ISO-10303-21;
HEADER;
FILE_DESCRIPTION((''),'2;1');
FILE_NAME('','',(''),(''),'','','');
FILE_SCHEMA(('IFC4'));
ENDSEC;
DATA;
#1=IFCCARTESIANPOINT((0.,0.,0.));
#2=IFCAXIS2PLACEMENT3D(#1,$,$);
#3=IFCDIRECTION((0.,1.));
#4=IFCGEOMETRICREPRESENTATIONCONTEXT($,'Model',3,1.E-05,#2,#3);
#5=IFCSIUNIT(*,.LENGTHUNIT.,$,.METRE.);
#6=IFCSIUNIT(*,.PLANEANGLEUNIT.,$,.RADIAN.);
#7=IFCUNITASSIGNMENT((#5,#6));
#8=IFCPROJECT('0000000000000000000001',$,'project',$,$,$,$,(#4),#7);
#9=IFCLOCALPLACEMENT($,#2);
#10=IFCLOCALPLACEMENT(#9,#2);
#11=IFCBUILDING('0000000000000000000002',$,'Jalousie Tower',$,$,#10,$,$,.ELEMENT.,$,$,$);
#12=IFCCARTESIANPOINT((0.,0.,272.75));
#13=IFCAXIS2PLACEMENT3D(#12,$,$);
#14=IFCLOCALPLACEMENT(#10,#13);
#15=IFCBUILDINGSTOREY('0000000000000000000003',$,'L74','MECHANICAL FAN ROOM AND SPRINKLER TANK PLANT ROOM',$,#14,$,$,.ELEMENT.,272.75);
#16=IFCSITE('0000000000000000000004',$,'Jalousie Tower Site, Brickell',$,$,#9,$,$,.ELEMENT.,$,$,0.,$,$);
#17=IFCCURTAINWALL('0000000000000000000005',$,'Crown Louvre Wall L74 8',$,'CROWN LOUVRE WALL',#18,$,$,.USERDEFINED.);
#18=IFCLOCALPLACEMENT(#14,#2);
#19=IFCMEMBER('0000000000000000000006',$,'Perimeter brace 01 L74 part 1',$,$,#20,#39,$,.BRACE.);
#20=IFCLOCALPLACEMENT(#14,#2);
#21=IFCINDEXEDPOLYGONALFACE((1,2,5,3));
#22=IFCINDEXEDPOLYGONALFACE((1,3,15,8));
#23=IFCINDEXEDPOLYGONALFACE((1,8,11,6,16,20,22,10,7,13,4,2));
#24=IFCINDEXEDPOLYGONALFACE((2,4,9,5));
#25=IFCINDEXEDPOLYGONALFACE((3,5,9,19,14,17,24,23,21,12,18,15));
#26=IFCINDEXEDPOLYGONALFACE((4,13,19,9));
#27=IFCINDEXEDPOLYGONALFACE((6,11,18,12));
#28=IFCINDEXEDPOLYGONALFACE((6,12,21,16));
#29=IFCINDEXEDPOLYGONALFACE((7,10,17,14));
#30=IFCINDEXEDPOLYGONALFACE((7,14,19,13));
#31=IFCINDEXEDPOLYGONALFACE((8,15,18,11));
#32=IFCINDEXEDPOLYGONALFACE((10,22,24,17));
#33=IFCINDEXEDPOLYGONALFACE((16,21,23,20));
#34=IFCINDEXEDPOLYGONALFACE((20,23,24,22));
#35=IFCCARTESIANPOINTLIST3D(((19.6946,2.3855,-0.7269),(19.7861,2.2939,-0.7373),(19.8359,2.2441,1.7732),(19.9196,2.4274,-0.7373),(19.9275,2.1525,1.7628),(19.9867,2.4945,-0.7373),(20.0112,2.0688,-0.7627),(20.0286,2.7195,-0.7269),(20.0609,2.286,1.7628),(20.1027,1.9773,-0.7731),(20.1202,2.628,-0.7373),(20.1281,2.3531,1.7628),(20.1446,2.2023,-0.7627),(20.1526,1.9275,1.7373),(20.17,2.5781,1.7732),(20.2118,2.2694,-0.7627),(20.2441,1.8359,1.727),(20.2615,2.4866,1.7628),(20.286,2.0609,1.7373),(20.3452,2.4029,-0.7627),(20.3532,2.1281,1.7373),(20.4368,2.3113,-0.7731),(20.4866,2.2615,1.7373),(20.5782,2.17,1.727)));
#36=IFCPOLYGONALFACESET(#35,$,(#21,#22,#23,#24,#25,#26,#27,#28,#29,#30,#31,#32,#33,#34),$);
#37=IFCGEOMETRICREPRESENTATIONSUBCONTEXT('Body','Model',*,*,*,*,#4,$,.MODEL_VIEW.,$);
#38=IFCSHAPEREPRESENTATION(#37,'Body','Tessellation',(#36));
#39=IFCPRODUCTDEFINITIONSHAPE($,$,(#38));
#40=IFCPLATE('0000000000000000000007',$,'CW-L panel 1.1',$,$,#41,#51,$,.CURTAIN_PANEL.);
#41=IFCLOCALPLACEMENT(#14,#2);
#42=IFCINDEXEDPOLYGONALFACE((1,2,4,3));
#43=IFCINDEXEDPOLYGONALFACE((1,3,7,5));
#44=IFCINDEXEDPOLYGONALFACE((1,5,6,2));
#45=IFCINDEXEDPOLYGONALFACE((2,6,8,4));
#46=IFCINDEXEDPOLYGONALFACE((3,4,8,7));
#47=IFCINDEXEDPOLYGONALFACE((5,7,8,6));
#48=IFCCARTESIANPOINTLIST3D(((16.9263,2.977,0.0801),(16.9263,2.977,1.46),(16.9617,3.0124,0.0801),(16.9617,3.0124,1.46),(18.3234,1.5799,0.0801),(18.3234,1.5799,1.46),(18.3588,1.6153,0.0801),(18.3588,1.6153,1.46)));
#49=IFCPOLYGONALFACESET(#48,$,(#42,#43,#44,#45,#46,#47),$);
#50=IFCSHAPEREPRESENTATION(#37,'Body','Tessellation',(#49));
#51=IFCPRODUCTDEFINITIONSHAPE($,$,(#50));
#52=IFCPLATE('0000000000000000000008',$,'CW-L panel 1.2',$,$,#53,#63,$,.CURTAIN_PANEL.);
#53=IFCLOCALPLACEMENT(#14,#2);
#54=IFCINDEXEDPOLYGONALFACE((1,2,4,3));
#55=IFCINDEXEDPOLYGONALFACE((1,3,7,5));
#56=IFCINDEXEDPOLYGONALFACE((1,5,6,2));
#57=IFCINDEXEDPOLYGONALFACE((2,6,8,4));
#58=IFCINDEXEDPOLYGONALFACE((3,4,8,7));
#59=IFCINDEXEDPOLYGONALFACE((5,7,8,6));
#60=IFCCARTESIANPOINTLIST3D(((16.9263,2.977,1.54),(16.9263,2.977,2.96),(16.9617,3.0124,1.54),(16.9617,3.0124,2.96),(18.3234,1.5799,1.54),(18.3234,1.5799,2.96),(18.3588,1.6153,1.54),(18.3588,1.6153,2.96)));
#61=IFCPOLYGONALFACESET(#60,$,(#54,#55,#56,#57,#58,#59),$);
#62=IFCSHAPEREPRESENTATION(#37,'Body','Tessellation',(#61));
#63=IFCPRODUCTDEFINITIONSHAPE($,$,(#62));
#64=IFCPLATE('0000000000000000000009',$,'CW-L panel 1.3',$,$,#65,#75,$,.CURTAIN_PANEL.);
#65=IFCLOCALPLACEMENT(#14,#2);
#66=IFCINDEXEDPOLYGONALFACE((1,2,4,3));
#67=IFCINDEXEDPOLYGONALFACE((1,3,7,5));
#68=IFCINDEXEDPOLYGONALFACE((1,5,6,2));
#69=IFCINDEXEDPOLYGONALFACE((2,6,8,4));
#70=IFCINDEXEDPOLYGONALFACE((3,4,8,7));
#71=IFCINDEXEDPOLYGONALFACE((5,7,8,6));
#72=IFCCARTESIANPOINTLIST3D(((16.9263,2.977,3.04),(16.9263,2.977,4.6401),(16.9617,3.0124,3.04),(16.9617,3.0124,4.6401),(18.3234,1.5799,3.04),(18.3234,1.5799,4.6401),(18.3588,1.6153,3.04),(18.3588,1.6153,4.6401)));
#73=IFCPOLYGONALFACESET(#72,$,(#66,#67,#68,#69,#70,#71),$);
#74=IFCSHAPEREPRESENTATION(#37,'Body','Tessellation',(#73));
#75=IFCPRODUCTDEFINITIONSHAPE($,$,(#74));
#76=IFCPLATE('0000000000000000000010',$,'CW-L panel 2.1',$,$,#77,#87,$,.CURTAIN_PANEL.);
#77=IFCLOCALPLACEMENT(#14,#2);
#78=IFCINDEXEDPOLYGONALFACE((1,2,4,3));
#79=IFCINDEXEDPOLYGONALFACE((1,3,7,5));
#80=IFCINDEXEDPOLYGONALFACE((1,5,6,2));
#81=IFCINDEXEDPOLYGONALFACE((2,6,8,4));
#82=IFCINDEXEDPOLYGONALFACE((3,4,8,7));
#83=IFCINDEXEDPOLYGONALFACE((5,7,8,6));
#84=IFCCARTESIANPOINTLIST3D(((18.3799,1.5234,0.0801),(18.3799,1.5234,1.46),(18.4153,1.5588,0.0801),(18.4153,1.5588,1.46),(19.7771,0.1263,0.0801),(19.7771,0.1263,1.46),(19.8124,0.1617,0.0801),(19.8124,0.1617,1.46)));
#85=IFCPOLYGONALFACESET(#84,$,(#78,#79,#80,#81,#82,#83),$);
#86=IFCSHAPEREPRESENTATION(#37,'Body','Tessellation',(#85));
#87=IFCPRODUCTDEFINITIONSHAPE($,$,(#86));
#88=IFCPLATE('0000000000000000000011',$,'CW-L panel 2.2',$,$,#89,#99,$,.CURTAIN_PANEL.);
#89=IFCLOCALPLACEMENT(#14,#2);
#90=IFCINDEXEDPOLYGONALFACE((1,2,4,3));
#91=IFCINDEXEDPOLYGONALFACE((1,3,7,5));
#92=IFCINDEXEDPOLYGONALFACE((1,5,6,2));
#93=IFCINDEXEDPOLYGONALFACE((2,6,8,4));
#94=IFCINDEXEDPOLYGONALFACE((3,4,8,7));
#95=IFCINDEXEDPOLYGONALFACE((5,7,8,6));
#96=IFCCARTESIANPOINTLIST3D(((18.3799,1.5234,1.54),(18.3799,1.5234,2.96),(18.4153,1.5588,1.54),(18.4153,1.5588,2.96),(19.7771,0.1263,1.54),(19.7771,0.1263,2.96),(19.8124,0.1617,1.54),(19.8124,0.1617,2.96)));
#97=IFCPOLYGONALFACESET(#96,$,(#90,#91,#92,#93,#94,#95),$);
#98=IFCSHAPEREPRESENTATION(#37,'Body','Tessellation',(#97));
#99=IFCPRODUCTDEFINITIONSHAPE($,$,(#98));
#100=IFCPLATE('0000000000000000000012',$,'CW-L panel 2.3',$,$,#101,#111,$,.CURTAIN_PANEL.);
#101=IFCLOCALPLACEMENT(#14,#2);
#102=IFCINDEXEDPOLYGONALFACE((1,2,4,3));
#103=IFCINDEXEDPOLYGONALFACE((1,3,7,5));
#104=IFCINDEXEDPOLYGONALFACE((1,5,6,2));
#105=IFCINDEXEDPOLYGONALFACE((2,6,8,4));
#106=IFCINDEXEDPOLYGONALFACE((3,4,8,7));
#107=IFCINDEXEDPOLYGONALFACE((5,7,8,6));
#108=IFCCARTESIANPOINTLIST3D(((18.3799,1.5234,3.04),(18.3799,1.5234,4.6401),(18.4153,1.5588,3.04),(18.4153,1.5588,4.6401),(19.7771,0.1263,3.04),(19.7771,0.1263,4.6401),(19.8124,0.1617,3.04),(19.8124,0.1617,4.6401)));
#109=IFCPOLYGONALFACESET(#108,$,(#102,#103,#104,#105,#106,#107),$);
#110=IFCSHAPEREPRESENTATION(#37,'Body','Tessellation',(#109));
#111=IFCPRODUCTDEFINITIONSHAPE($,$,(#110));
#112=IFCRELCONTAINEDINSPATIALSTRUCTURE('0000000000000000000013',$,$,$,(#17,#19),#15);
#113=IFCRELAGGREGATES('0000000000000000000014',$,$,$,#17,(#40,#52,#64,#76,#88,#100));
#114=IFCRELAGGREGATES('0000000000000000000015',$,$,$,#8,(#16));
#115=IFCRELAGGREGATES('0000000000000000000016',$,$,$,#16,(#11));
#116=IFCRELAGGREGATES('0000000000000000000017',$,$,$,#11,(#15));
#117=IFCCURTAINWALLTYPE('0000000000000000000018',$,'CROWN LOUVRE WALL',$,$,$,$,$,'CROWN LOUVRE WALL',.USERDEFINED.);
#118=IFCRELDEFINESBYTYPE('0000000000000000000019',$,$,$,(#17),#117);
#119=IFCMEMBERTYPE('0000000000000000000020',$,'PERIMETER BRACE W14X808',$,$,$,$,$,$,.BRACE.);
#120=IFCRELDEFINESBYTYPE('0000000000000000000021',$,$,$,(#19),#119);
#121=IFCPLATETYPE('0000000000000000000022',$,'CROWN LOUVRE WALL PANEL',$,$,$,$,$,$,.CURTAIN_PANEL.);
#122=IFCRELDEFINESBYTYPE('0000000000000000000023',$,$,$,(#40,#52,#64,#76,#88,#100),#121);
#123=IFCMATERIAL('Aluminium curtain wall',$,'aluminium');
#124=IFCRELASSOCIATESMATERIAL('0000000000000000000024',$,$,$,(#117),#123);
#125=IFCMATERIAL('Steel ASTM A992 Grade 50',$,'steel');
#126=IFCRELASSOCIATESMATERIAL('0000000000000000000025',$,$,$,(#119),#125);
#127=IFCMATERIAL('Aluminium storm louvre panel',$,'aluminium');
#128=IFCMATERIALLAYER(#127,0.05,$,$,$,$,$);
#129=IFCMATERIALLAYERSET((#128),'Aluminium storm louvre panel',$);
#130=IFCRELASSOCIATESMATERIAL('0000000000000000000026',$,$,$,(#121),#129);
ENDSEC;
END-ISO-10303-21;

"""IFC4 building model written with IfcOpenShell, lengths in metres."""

from ifc_helpers import new_model, si_unit, direction, frame, origin, origin_2d, place, context, subcontext, project, spatial, rectangle, i_section, extrude, material, layer, layer_set, material_profile, profile_set, type_object, element, aggregate, save


model = new_model("IFC4")

# Units and contexts
model_context = context("Model", 3, precision=1e-05, world=origin(), true_north=direction((0.0, 1.0)))
body_context = subcontext(model_context, "Body", "Model", "MODEL_VIEW")
ifc_project = project(units=[si_unit("LENGTHUNIT", "METRE"), si_unit("PLANEANGLEUNIT", "RADIAN")], contexts=[model_context])

# Site, building, storey
site_placement = place(None, origin())
site = spatial("IfcSite", under=ifc_project, at=site_placement, Name="Jalousie Tower Site, Brickell", CompositionType="ELEMENT", RefElevation=0.0)
building_placement = place(site_placement, origin())
building = spatial("IfcBuilding", under=site, at=building_placement, Name="Jalousie Tower", CompositionType="ELEMENT")
storey_placement = place(building_placement, frame((0.0, 0.0, 272.75)))
storey = spatial("IfcBuildingStorey", under=building, at=storey_placement, Name="L74", Description="MECHANICAL FAN ROOM AND SPRINKLER TANK PLANT ROOM", CompositionType="ELEMENT", Elevation=272.75)

# Shared definitions
ifc_material_1 = material(Name="Aluminium curtain wall", Category="aluminium")
curtain_wall_type = type_object("IfcCurtainWallType", Name="CROWN LOUVRE WALL", ElementType="CROWN LOUVRE WALL", PredefinedType="USERDEFINED", material=ifc_material_1)

# Curtain wall
curtain_wall_1_placement = place(storey_placement, origin())
curtain_wall_1 = element("IfcCurtainWall", 1, at=curtain_wall_1_placement, inside=storey, type_object=curtain_wall_type, Name="Crown Louvre Wall L74 8", ObjectType="CROWN LOUVRE WALL", PredefinedType="USERDEFINED")

# Member
ifc_material_2 = material(Name="Steel ASTM A992 Grade 50", Category="steel")
ifc_material_profile_1 = material_profile(ifc_material_2, i_section(OverallWidth=0.4724, OverallDepth=0.5791, WebThickness=0.095, FlangeThickness=0.1299, at=origin_2d()), Name="W14X808")
ifc_profile_set_1 = profile_set([ifc_material_profile_1], Name="Steel ASTM A992 Grade 50")
member_type_1 = type_object("IfcMemberType", Name="PERIMETER BRACE W14X808", PredefinedType="BRACE", material=ifc_profile_set_1)
member_1_placement = place(storey_placement, frame((20.0657, 2.3484, -0.75), z_axis=(0.056363, -0.056363, 0.996818), x_axis=(0.707107, 0.707107, 0.0)))
element("IfcMember", 2, at=member_1_placement, inside=storey, type_object=member_type_1, Name="Perimeter brace 01 L74 part 1", PredefinedType="BRACE", context=body_context, shape_type="SweptSolid", body=[
    extrude(i_section(OverallWidth=0.4724, OverallDepth=0.5791, WebThickness=0.095, FlangeThickness=0.1299, at=origin_2d()), origin(), (0.0, 0.0, 1.0), 2.5081),
])

# Plates
ifc_material_3 = material(Name="Aluminium storm louvre panel", Category="aluminium")
ifc_layer = layer(ifc_material_3, 0.05)
ifc_layer_set = layer_set([ifc_layer], Name="Aluminium storm louvre panel")
plate_type = type_object("IfcPlateType", Name="CROWN LOUVRE WALL PANEL", PredefinedType="CURTAIN_PANEL", material=ifc_layer_set)
plate_1_placement = place(storey_placement, frame((17.6426, 2.2961, 0.0801), z_axis=(0.0, 0.0, 1.0), x_axis=(0.707107, -0.707107, 0.0)))
plate_1 = element("IfcPlate", 3, at=plate_1_placement, type_object=plate_type, Name="CW-L panel 1.1", PredefinedType="CURTAIN_PANEL", context=body_context, shape_type="SweptSolid", body=[
    extrude(rectangle(XDim=1.9758, YDim=0.05, at=origin_2d()), origin(), (0.0, 0.0, 1.0), 1.3799),
])
plate_2_placement = place(storey_placement, frame((17.6426, 2.2961, 1.54), z_axis=(0.0, 0.0, 1.0), x_axis=(0.707107, -0.707107, 0.0)))
plate_2 = element("IfcPlate", 4, at=plate_2_placement, type_object=plate_type, Name="CW-L panel 1.2", PredefinedType="CURTAIN_PANEL", context=body_context, shape_type="SweptSolid", body=[
    extrude(rectangle(XDim=1.9758, YDim=0.05, at=origin_2d()), origin(), (0.0, 0.0, 1.0), 1.4199),
])
plate_3_placement = place(storey_placement, frame((17.6426, 2.2961, 3.04), z_axis=(0.0, 0.0, 1.0), x_axis=(0.707107, -0.707107, 0.0)))
plate_3 = element("IfcPlate", 5, at=plate_3_placement, type_object=plate_type, Name="CW-L panel 1.3", PredefinedType="CURTAIN_PANEL", context=body_context, shape_type="SweptSolid", body=[
    extrude(rectangle(XDim=1.9758, YDim=0.05, at=origin_2d()), origin(), (0.0, 0.0, 1.0), 1.6001),
])
plate_4_placement = place(storey_placement, frame((19.0962, 0.8425, 0.0801), z_axis=(0.0, 0.0, 1.0), x_axis=(0.707107, -0.707107, 0.0)))
plate_4 = element("IfcPlate", 6, at=plate_4_placement, type_object=plate_type, Name="CW-L panel 2.1", PredefinedType="CURTAIN_PANEL", context=body_context, shape_type="SweptSolid", body=[
    extrude(rectangle(XDim=1.9758, YDim=0.05, at=origin_2d()), origin(), (0.0, 0.0, 1.0), 1.3799),
])
plate_5_placement = place(storey_placement, frame((19.0962, 0.8425, 1.54), z_axis=(0.0, 0.0, 1.0), x_axis=(0.707107, -0.707107, 0.0)))
plate_5 = element("IfcPlate", 7, at=plate_5_placement, type_object=plate_type, Name="CW-L panel 2.2", PredefinedType="CURTAIN_PANEL", context=body_context, shape_type="SweptSolid", body=[
    extrude(rectangle(XDim=1.9758, YDim=0.05, at=origin_2d()), origin(), (0.0, 0.0, 1.0), 1.4199),
])
plate_6_placement = place(storey_placement, frame((19.0962, 0.8425, 3.04), z_axis=(0.0, 0.0, 1.0), x_axis=(0.707107, -0.707107, 0.0)))
plate_6 = element("IfcPlate", 8, at=plate_6_placement, type_object=plate_type, Name="CW-L panel 2.3", PredefinedType="CURTAIN_PANEL", context=body_context, shape_type="SweptSolid", body=[
    extrude(rectangle(XDim=1.9758, YDim=0.05, at=origin_2d()), origin(), (0.0, 0.0, 1.0), 1.6001),
])
aggregate(curtain_wall_1, [plate_1, plate_2, plate_3, plate_4, plate_5, plate_6])

save(model, "model.ifc")
